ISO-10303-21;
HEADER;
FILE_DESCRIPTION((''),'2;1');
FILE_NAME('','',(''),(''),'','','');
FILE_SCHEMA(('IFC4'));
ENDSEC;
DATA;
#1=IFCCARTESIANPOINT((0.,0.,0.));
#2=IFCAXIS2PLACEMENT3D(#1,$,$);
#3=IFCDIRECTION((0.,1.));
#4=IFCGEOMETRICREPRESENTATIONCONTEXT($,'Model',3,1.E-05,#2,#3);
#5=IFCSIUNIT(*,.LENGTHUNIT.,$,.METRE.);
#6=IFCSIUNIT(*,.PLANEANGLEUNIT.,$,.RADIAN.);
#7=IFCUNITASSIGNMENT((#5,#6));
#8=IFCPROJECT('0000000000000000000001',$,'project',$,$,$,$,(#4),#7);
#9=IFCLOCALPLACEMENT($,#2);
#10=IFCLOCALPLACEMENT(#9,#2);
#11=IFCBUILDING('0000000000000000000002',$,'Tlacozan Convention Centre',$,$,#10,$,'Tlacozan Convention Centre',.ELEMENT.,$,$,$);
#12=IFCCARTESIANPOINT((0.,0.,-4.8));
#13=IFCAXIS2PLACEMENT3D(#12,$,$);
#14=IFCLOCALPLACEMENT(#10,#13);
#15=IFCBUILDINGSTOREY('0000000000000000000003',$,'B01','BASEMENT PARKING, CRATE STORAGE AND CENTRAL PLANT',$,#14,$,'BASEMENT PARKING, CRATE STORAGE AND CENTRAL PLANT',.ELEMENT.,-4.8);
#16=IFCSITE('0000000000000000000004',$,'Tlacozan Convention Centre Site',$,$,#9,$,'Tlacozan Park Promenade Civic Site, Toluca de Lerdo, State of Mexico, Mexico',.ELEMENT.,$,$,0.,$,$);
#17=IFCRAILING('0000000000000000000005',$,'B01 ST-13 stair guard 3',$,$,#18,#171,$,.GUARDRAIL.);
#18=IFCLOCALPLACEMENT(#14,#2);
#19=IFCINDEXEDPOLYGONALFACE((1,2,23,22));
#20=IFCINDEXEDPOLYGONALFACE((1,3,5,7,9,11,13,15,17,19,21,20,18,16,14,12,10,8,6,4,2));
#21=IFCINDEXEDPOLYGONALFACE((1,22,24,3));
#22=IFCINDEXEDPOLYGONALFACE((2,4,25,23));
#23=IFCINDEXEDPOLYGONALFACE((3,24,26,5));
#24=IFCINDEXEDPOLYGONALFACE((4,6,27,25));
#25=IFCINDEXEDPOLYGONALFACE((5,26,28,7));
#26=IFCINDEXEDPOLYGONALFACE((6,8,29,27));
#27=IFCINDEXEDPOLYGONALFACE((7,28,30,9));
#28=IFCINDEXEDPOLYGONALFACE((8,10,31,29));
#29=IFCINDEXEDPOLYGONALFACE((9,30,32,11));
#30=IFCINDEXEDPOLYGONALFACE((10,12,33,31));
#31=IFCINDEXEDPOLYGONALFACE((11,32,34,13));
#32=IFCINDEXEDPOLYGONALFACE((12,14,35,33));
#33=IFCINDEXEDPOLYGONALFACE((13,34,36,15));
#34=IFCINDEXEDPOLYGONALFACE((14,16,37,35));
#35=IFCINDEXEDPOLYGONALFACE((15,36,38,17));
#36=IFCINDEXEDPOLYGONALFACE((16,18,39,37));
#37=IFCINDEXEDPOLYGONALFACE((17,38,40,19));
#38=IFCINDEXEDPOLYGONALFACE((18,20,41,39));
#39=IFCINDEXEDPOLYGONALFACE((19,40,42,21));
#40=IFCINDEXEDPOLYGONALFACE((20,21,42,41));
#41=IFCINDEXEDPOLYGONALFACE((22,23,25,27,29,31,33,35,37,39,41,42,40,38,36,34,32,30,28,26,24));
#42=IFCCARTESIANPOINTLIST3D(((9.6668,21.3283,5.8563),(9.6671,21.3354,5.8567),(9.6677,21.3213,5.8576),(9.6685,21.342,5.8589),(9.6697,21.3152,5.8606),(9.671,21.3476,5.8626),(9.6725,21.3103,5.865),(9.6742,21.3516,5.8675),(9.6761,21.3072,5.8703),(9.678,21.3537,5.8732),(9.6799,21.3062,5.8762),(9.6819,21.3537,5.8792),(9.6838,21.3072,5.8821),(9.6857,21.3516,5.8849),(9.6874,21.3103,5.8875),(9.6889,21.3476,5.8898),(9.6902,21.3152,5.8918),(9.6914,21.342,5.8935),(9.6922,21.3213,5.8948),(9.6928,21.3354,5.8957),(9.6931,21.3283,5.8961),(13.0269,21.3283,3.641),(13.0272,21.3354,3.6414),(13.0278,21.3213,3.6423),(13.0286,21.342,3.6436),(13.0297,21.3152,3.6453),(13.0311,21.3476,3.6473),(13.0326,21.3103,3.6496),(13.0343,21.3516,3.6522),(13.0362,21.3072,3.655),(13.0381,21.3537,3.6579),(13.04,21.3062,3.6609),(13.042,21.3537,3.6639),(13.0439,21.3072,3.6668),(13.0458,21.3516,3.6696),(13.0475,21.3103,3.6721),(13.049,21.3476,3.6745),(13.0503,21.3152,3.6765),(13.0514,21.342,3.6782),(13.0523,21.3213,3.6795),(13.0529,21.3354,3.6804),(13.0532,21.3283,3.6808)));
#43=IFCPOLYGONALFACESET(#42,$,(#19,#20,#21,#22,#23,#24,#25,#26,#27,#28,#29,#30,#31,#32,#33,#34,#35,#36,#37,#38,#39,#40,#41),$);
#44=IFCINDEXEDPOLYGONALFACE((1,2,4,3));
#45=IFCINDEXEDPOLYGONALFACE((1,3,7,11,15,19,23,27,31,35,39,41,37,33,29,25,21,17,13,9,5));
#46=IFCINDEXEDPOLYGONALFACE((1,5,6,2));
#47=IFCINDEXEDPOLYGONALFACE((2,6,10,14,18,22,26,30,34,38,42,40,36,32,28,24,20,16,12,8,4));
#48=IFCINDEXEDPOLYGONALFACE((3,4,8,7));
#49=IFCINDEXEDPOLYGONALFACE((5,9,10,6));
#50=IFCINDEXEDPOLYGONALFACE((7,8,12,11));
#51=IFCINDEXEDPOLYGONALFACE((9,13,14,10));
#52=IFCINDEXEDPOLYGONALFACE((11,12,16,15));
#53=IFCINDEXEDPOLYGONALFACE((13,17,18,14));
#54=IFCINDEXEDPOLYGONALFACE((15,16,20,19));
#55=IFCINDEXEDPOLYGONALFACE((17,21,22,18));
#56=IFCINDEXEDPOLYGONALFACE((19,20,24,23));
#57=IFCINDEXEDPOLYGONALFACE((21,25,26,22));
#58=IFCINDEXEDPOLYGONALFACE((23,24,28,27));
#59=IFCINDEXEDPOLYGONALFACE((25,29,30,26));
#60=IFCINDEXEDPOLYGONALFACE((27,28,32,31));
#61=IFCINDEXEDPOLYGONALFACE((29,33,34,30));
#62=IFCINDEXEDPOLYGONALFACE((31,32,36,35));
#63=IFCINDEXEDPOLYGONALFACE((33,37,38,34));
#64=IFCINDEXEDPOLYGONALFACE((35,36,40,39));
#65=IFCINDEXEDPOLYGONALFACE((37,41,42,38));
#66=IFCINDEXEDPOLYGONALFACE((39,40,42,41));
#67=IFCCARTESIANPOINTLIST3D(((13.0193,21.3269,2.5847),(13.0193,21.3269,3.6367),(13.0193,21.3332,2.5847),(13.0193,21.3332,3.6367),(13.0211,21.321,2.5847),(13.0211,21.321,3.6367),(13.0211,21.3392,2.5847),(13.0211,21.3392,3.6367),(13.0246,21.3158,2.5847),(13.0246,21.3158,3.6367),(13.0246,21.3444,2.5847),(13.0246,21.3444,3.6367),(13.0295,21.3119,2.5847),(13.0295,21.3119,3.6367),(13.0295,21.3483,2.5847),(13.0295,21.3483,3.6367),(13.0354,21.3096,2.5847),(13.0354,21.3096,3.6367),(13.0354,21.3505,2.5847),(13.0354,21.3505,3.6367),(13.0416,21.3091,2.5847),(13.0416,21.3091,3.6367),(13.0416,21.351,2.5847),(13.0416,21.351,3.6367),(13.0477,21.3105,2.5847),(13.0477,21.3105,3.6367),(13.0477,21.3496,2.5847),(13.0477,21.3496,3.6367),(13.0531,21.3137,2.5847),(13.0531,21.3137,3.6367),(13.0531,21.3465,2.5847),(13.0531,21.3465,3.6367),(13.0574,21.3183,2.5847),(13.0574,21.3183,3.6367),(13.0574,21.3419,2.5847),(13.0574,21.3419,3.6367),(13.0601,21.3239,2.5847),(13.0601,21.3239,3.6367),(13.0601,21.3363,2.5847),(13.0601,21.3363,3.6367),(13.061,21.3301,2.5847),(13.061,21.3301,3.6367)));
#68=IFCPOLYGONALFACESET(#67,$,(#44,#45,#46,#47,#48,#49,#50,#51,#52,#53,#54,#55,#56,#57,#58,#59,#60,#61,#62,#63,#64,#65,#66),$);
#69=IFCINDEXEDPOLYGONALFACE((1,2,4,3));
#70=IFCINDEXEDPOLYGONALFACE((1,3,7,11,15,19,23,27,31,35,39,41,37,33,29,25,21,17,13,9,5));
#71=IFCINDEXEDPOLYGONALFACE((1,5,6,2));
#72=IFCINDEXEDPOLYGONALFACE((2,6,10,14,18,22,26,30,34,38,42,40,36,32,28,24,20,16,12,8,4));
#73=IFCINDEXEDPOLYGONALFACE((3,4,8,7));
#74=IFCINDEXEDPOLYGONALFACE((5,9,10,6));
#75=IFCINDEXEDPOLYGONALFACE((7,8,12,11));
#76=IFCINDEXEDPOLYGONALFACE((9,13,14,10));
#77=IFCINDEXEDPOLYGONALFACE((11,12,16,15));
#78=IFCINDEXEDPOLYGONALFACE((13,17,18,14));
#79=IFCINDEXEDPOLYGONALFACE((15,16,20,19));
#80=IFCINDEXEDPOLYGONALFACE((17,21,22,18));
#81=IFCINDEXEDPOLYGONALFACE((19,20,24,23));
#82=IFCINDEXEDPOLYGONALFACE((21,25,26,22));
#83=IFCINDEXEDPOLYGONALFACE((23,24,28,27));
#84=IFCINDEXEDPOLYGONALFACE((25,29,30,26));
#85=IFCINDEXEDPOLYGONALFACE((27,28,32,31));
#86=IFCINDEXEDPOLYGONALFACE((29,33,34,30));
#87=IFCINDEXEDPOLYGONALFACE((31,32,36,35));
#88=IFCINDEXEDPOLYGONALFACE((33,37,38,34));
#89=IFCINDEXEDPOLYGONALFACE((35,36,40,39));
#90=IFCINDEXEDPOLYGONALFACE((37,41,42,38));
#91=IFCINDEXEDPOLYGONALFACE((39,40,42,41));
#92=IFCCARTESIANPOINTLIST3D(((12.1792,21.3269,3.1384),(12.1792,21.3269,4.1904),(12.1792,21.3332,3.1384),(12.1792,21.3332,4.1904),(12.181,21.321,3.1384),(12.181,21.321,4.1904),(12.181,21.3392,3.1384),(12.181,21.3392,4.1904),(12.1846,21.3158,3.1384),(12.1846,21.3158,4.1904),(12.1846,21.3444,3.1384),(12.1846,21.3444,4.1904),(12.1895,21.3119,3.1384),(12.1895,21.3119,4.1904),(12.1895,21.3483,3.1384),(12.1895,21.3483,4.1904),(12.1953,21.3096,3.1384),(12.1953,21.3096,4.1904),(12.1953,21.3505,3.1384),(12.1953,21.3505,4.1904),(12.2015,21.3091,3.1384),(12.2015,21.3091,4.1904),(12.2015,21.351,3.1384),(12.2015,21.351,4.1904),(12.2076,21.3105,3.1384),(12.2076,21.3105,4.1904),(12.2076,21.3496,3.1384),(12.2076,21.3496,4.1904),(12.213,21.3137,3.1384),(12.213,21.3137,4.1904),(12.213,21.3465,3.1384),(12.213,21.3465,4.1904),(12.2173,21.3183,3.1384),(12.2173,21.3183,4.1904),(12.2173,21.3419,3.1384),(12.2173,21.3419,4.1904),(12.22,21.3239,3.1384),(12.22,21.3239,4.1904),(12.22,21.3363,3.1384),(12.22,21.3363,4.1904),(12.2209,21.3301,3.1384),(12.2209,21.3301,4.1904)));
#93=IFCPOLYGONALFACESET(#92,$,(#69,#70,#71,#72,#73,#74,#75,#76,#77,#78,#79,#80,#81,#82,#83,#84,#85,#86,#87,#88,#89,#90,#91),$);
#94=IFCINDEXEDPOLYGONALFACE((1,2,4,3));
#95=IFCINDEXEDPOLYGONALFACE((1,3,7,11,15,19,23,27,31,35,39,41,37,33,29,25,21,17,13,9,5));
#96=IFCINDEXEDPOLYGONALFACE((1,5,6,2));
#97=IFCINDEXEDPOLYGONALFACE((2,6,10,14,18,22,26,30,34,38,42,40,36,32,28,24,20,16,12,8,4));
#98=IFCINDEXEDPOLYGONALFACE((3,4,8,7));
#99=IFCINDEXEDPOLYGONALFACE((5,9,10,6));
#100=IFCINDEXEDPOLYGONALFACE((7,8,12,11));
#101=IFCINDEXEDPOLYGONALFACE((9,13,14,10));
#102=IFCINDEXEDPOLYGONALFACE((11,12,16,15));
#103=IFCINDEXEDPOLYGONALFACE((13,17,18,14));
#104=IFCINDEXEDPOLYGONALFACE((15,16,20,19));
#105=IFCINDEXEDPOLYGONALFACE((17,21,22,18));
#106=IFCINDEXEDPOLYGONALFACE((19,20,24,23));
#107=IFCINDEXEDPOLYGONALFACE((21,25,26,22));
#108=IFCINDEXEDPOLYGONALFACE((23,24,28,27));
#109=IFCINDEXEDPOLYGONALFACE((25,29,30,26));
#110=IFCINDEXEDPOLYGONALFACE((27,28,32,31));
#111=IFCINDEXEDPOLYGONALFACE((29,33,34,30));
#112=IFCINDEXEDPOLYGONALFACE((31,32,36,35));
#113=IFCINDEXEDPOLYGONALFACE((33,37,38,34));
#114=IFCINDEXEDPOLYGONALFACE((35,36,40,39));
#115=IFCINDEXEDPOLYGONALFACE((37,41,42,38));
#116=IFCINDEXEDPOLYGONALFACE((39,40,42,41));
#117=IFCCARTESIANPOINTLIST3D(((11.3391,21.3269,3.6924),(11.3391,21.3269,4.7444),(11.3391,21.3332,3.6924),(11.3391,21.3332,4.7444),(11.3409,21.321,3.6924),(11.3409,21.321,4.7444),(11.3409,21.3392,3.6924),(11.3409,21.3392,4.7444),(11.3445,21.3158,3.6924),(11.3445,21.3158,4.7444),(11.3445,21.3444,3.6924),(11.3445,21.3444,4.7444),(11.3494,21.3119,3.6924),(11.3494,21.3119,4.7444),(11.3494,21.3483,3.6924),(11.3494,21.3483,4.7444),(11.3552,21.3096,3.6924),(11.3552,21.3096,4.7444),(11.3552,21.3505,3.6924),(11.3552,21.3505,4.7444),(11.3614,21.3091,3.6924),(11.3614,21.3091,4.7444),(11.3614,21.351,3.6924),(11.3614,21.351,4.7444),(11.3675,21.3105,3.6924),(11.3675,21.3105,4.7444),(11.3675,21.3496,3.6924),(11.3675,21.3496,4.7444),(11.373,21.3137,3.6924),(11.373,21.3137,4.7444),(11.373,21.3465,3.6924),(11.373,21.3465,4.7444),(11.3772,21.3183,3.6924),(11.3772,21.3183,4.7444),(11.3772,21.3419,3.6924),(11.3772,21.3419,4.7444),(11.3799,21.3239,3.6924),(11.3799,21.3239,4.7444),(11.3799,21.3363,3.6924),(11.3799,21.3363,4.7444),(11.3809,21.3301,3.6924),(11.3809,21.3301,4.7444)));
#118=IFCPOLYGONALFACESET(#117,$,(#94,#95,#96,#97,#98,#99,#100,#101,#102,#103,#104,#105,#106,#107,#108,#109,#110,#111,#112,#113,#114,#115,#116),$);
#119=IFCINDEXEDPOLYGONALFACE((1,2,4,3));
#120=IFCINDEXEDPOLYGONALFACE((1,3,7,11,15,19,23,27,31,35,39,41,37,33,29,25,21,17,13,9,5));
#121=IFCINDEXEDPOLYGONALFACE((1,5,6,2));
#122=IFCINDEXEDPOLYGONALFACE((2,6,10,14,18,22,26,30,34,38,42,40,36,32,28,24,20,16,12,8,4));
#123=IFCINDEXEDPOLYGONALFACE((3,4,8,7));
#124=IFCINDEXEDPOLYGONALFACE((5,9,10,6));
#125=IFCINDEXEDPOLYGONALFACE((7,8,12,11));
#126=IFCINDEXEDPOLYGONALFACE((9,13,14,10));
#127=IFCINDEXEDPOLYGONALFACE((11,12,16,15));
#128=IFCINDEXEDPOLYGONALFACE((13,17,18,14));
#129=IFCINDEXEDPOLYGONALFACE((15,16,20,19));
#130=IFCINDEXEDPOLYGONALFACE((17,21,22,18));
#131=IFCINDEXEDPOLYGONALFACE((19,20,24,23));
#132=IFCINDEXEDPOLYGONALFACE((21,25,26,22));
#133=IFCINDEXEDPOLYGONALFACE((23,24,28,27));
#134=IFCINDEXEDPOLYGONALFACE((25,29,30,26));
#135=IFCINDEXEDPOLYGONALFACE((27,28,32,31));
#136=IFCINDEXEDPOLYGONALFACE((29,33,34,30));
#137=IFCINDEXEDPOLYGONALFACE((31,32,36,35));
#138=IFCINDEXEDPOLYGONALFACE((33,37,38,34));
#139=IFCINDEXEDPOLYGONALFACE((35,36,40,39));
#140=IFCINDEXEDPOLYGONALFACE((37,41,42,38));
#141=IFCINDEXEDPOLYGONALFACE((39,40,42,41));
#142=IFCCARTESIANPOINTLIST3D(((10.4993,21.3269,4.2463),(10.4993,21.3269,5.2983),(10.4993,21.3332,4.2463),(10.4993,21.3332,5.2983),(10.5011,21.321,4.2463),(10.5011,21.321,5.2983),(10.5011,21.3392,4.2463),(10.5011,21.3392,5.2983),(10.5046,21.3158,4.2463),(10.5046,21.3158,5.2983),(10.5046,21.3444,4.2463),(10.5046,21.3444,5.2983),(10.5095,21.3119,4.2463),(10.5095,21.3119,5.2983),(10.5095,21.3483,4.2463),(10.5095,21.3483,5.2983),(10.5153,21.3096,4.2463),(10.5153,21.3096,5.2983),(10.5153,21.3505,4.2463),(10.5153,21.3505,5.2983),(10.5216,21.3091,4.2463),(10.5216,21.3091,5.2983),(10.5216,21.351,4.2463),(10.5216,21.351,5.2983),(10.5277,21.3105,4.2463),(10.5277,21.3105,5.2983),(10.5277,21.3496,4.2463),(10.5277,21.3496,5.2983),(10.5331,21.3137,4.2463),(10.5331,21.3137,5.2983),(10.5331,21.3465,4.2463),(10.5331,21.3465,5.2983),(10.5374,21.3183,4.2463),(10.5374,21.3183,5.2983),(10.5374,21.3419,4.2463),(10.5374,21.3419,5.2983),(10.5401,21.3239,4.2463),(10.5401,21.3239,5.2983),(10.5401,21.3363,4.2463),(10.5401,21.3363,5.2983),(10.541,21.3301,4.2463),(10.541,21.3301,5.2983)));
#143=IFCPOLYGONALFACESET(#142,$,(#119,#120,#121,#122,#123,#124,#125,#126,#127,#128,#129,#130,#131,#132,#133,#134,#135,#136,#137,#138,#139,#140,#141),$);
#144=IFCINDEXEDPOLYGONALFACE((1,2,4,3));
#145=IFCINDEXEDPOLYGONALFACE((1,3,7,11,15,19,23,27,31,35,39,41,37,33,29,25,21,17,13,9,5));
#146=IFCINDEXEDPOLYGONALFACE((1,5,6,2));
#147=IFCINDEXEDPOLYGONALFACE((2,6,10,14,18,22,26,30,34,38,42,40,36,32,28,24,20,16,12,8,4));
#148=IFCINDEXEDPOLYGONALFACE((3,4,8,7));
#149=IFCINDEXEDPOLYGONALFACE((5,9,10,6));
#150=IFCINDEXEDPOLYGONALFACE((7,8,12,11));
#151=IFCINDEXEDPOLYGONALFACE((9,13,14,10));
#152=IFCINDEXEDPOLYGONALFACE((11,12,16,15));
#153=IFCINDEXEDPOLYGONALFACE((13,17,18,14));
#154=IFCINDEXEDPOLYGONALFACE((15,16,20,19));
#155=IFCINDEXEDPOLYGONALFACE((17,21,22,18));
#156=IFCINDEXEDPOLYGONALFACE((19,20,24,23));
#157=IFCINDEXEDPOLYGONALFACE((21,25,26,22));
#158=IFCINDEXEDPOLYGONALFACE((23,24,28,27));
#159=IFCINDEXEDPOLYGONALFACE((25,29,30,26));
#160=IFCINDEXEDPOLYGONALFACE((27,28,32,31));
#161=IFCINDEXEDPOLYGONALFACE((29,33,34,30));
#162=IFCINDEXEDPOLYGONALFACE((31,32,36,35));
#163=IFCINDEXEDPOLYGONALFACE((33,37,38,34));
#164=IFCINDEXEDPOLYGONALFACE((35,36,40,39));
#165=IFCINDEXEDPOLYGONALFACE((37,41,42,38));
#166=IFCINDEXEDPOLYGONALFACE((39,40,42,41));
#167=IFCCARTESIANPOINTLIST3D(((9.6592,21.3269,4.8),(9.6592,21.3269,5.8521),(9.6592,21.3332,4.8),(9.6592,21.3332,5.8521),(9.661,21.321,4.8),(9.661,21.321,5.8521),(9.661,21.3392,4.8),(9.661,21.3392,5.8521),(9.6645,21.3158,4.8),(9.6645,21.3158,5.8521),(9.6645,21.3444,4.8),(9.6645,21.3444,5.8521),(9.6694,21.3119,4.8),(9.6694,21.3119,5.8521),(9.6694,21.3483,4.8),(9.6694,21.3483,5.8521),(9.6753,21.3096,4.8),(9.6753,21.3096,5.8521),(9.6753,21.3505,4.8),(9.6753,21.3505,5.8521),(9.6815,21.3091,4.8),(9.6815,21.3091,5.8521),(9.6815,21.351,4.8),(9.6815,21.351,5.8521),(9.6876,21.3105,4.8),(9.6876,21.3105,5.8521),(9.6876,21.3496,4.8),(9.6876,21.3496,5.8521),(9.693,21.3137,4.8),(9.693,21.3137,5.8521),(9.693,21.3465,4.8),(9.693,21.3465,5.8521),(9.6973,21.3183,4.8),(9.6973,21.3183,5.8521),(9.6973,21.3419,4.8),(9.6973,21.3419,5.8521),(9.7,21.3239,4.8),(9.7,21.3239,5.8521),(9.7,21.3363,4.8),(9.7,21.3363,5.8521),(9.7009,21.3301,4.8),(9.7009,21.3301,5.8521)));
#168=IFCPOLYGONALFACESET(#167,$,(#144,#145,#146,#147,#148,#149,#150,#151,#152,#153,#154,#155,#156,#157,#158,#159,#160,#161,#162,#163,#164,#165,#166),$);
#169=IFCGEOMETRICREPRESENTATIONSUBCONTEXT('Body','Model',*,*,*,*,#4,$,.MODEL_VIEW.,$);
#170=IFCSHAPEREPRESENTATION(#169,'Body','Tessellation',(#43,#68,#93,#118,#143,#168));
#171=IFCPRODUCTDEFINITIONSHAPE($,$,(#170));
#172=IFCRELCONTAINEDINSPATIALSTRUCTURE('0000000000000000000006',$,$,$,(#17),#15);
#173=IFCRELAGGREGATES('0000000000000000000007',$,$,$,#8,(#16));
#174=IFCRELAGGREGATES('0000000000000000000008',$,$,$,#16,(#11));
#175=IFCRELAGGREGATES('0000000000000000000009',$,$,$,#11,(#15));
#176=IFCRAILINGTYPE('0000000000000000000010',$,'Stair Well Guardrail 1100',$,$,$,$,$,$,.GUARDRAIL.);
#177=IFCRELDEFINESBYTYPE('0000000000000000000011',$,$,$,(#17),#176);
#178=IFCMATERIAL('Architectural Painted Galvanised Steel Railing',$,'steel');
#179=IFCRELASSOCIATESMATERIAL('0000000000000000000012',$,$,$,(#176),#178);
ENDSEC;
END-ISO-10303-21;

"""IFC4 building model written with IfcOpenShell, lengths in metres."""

from ifc_helpers import new_model, si_unit, direction, frame, origin, origin_2d, place, context, subcontext, project, spatial, circle, extrude, material, type_object, element, save


model = new_model("IFC4")

# Units and contexts
model_context = context("Model", 3, precision=1e-05, world=origin(), true_north=direction((0.0, 1.0)))
body_context = subcontext(model_context, "Body", "Model", "MODEL_VIEW")
ifc_project = project(units=[si_unit("LENGTHUNIT", "METRE"), si_unit("PLANEANGLEUNIT", "RADIAN")], contexts=[model_context])

# Site, building, storey
site_placement = place(None, origin())
site = spatial("IfcSite", under=ifc_project, at=site_placement, Name="Tlacozan Convention Centre Site", LongName="Tlacozan Park Promenade Civic Site, Toluca de Lerdo, State of Mexico, Mexico", CompositionType="ELEMENT", RefElevation=0.0)
building_placement = place(site_placement, origin())
building = spatial("IfcBuilding", under=site, at=building_placement, Name="Tlacozan Convention Centre", LongName="Tlacozan Convention Centre", CompositionType="ELEMENT")
storey_placement = place(building_placement, frame((0.0, 0.0, -4.8)))
storey = spatial("IfcBuildingStorey", under=building, at=storey_placement, Name="B01", Description="BASEMENT PARKING, CRATE STORAGE AND CENTRAL PLANT", LongName="BASEMENT PARKING, CRATE STORAGE AND CENTRAL PLANT", CompositionType="ELEMENT", Elevation=-4.8)

# Railing
ifc_material_1 = material(Name="Architectural Painted Galvanised Steel Railing", Category="steel")
railing_type_1 = type_object("IfcRailingType", Name="Stair Well Guardrail 1100", PredefinedType="GUARDRAIL", material=ifc_material_1)
railing_1_placement = place(storey_placement, frame((13.04, 21.3301, 2.5847)))
element("IfcRailing", 1, at=railing_1_placement, inside=storey, type_object=railing_type_1, Name="B01 ST-13 stair guard 3", PredefinedType="GUARDRAIL", context=body_context, shape_type="SweptSolid", body=[
    extrude(circle(Radius=0.0239, at=origin_2d()), frame((0.0, 0.0, 1.0762), z_axis=(-0.834876, 0.0, 0.550437), x_axis=(0.0, -1.0, 0.0)), (0.0, 0.0, 1.0), 4.0247),
    extrude(circle(Radius=0.021, at=origin_2d()), origin(), (0.0, 0.0, 1.0), 1.052),
    extrude(circle(Radius=0.021, at=origin_2d()), frame((-0.8401, 0.0, 0.5537)), (0.0, 0.0, 1.0), 1.052),
    extrude(circle(Radius=0.021, at=origin_2d()), frame((-1.6802, 0.0, 1.1077)), (0.0, 0.0, 1.0), 1.052),
    extrude(circle(Radius=0.021, at=origin_2d()), frame((-2.52, 0.0, 1.6616)), (0.0, 0.0, 1.0), 1.052),
    extrude(circle(Radius=0.021, at=origin_2d()), frame((-3.3601, 0.0, 2.2153)), (0.0, 0.0, 1.0), 1.052),
])

save(model, "model.ifc")
